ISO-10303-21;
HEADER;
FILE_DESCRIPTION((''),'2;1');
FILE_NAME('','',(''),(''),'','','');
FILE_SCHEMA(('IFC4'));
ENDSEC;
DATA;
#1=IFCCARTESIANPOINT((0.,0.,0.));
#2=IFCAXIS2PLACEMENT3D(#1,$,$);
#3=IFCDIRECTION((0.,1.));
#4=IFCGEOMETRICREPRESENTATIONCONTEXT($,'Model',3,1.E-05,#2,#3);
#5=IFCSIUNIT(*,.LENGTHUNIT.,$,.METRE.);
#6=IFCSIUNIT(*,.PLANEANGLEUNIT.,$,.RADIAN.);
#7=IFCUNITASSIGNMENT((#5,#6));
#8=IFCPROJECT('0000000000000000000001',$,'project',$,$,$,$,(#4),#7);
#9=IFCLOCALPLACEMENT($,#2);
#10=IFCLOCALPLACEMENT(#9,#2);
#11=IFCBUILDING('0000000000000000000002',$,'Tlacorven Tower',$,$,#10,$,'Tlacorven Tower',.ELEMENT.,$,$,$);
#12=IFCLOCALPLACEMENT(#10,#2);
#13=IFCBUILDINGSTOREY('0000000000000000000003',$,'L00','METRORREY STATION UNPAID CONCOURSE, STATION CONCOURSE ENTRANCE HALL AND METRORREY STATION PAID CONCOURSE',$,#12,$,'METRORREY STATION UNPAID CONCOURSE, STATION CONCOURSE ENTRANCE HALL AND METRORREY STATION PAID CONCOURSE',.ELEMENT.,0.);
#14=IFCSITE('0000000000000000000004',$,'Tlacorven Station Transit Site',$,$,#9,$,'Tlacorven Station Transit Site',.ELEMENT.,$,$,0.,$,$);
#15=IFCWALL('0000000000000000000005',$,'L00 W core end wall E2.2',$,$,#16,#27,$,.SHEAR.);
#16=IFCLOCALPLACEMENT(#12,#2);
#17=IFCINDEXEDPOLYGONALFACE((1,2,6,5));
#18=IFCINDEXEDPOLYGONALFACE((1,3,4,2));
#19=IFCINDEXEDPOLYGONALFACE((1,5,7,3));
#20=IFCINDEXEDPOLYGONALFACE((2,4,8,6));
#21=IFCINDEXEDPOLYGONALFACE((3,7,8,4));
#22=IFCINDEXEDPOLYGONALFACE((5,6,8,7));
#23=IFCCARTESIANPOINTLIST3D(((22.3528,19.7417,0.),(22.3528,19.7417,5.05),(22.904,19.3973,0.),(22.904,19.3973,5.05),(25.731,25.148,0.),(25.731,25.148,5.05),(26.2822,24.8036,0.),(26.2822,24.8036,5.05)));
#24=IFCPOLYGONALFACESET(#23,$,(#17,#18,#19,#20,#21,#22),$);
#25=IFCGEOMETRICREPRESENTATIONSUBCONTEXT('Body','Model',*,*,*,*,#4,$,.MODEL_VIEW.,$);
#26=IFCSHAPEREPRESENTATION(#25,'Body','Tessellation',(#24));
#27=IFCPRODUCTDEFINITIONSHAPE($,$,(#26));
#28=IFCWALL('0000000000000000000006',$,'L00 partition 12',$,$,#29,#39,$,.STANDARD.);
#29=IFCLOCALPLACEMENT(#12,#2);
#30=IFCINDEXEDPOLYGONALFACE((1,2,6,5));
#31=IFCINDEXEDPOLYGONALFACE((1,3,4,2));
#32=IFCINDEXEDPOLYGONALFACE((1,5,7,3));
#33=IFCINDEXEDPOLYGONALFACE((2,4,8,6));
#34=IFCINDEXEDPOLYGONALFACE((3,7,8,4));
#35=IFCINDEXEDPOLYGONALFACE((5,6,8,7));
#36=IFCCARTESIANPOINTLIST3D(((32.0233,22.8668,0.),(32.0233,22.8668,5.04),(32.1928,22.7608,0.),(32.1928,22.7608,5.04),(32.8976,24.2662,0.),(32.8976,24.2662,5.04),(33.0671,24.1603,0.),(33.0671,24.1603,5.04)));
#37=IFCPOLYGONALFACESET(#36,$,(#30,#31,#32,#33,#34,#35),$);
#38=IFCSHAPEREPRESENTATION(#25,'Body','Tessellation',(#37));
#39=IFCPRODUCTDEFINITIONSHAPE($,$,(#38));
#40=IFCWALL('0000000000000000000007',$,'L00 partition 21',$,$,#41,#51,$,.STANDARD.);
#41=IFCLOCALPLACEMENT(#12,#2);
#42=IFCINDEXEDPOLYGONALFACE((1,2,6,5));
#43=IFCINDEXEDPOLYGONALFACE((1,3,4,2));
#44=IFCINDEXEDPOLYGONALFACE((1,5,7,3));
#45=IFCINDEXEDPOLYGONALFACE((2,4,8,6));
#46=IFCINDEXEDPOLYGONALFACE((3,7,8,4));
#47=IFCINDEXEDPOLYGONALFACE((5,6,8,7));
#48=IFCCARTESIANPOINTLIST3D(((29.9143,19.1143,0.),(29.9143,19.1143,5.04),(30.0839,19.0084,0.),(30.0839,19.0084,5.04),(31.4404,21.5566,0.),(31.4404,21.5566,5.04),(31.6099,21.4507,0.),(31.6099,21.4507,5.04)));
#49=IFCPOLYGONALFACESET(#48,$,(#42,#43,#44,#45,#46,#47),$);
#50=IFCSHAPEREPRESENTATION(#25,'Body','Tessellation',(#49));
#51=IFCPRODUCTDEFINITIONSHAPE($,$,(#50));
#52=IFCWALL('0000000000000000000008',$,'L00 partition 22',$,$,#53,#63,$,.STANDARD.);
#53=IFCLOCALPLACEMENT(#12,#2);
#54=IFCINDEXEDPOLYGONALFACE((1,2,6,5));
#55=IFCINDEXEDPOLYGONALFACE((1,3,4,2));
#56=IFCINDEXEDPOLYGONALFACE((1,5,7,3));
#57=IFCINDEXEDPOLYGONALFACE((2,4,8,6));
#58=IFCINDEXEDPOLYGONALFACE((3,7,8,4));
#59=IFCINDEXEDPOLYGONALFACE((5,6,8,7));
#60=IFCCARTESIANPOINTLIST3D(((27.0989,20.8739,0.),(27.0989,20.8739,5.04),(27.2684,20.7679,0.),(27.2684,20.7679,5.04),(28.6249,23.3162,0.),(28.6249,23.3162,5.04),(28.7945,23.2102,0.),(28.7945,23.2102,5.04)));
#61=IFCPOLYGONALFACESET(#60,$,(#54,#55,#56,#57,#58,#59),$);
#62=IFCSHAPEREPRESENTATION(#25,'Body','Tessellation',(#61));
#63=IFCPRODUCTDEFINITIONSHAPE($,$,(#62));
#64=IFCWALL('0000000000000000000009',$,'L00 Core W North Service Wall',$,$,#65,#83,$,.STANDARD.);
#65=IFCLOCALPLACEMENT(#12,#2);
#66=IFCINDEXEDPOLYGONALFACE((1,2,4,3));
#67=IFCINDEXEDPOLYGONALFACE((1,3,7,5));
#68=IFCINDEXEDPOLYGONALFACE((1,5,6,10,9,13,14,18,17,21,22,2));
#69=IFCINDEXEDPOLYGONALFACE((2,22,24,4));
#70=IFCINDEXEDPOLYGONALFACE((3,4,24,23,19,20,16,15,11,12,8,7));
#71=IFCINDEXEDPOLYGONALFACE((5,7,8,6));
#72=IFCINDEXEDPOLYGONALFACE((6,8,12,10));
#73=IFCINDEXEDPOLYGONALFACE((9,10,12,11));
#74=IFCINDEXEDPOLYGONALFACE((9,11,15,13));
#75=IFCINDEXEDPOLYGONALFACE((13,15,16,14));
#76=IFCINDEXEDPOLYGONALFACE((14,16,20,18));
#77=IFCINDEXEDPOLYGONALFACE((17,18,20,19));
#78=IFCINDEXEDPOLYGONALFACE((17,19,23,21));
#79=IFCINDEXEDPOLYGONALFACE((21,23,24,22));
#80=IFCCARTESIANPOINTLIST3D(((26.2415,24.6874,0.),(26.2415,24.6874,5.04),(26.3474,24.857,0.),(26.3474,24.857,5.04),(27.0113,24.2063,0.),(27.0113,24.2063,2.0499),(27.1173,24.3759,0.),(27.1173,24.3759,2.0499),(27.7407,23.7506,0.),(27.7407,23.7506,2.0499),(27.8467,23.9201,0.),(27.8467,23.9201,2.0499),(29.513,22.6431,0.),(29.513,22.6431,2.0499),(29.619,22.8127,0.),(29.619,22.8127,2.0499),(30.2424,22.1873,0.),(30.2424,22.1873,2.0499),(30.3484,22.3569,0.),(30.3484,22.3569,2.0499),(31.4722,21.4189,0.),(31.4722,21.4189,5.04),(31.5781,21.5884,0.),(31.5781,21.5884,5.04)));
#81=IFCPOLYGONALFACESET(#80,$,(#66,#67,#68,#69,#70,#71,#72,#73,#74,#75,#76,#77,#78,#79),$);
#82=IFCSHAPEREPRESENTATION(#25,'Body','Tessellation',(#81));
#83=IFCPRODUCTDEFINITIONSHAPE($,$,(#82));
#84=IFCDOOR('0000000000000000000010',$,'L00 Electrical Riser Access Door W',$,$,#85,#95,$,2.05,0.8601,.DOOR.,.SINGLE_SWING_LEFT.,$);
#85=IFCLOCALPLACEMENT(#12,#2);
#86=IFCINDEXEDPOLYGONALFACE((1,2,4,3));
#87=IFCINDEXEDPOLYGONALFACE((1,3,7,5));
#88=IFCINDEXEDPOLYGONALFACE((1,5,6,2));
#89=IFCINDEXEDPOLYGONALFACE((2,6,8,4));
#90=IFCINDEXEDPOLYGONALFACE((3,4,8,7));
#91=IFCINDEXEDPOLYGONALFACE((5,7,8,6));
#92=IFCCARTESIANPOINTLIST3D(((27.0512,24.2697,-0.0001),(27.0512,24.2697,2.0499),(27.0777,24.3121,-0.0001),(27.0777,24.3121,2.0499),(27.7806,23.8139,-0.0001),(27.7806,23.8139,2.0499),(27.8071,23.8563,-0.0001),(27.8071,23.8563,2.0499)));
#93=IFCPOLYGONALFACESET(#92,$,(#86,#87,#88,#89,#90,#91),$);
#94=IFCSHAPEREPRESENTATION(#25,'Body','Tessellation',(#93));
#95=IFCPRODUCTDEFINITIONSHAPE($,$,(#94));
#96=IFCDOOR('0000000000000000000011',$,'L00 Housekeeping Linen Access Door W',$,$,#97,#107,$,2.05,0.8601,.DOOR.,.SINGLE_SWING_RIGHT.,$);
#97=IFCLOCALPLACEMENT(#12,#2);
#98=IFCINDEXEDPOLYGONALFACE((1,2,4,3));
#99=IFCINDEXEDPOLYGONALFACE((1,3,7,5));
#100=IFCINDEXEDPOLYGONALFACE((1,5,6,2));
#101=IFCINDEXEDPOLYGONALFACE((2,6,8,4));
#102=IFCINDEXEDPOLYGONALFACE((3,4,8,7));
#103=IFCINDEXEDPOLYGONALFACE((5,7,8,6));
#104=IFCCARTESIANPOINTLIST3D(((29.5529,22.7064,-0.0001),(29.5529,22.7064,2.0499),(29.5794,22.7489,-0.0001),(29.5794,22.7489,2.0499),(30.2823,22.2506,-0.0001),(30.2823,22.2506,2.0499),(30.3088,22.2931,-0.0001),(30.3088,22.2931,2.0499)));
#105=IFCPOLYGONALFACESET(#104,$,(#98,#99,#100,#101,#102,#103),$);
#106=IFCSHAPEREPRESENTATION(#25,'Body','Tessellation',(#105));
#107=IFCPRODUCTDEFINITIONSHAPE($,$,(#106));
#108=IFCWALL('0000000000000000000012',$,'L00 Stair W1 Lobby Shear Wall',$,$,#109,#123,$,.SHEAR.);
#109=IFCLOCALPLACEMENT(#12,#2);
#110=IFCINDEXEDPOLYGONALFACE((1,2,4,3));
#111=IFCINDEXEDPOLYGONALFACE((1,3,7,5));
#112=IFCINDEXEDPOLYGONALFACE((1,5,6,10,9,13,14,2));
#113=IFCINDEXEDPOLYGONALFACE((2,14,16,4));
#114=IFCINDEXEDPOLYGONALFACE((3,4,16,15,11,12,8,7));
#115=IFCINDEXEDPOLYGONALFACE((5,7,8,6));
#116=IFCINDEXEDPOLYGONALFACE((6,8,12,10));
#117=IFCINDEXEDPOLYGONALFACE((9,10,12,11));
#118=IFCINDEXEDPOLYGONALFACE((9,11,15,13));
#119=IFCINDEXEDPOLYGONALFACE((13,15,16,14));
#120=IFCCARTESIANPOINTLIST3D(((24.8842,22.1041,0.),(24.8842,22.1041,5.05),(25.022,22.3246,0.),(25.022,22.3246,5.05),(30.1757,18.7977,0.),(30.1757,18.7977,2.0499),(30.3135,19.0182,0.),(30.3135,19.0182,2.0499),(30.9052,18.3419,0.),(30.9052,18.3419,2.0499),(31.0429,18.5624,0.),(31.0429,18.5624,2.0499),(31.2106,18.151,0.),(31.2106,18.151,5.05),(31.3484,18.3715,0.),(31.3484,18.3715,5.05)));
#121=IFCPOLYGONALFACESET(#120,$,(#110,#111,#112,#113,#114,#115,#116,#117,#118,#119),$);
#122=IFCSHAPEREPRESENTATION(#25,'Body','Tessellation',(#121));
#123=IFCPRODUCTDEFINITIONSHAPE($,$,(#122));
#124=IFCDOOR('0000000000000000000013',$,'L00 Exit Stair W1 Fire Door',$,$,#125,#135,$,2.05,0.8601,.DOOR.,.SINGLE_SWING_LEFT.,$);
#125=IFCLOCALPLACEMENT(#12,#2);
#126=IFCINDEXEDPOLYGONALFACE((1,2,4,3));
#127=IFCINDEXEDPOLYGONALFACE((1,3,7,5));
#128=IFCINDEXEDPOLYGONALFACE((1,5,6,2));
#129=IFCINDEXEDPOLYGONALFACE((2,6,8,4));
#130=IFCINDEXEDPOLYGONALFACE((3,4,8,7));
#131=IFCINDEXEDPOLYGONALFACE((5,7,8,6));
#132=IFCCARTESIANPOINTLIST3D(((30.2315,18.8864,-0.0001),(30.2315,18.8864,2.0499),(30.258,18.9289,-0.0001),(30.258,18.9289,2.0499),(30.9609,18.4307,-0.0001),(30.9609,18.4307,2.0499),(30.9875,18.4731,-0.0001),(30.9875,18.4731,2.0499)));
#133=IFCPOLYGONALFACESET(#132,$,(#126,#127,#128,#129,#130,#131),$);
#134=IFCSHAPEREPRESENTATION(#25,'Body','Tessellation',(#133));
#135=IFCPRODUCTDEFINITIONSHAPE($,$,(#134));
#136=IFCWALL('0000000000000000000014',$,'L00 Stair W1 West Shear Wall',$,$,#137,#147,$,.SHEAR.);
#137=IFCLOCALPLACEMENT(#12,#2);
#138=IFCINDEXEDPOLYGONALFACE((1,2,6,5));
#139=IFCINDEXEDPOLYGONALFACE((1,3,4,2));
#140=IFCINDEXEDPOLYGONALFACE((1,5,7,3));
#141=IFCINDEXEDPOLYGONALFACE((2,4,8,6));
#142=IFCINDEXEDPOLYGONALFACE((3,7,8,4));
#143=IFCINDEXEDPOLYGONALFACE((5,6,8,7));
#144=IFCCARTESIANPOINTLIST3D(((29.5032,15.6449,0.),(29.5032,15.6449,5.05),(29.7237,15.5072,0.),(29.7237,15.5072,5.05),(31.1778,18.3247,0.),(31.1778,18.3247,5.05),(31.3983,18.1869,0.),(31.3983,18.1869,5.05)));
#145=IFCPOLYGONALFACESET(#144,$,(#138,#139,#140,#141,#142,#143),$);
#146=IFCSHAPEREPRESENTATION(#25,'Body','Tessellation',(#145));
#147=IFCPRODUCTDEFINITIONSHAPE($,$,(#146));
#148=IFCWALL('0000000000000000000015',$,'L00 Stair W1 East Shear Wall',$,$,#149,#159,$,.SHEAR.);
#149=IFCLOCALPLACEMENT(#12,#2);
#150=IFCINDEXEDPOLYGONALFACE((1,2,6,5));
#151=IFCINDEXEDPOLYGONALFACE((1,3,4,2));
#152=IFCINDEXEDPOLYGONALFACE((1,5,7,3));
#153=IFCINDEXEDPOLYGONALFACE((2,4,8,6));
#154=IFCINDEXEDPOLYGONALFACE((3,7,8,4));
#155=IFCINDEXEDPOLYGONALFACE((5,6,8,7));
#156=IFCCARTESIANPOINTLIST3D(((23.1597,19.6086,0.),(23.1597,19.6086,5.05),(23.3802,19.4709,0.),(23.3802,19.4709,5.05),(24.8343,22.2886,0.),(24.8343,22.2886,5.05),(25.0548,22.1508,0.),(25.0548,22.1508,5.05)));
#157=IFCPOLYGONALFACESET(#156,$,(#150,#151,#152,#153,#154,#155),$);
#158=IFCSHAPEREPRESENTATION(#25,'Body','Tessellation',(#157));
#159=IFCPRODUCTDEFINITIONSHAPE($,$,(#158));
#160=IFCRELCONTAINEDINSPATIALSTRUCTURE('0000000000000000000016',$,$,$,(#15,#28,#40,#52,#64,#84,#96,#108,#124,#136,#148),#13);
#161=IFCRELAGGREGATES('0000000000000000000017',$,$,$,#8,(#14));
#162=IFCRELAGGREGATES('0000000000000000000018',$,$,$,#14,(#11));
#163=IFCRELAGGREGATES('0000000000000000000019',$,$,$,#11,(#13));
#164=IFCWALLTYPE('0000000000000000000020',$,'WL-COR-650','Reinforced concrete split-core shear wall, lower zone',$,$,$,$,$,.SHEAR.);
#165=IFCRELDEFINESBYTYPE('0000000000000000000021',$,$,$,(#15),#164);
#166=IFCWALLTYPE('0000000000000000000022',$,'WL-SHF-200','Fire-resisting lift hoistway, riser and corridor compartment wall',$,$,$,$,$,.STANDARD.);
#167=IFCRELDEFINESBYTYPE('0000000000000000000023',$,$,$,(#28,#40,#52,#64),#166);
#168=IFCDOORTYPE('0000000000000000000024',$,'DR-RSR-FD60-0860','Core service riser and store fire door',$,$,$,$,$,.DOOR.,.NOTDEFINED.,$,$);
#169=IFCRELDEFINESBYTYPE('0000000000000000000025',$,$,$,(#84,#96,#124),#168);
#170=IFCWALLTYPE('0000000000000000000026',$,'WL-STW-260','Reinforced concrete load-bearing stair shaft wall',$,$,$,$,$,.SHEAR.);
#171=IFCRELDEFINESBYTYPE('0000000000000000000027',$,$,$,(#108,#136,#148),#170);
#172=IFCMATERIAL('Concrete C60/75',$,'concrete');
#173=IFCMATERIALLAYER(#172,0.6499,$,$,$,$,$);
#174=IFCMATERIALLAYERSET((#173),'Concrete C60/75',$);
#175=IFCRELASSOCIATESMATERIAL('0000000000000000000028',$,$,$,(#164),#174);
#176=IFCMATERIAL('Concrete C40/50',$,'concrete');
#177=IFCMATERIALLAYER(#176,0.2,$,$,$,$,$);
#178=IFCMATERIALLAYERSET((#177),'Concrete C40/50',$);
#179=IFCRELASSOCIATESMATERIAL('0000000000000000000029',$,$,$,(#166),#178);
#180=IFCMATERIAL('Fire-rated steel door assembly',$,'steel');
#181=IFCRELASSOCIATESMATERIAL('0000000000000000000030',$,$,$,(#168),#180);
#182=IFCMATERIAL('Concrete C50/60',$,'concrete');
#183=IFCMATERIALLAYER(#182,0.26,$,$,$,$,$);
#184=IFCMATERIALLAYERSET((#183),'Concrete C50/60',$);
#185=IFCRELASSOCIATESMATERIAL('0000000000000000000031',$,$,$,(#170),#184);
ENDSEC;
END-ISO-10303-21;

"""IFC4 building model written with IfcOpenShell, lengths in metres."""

from ifc_helpers import new_model, si_unit, direction, frame, frame_2d, origin, place, context, subcontext, project, spatial, rectangle, extrude, source, transform, mapped, material, layer, layer_set, type_object, element, fill, save


model = new_model("IFC4")

# Units and contexts
model_context = context("Model", 3, precision=1e-05, world=origin(), true_north=direction((0.0, 1.0)))
body_context = subcontext(model_context, "Body", "Model", "MODEL_VIEW")
ifc_project = project(units=[si_unit("LENGTHUNIT", "METRE"), si_unit("PLANEANGLEUNIT", "RADIAN")], contexts=[model_context])

# Site, building, storey
site_placement = place(None, origin())
site = spatial("IfcSite", under=ifc_project, at=site_placement, Name="Tlacorven Station Transit Site", LongName="Tlacorven Station Transit Site", CompositionType="ELEMENT", RefElevation=0.0)
building_placement = place(site_placement, origin())
building = spatial("IfcBuilding", under=site, at=building_placement, Name="Tlacorven Tower", LongName="Tlacorven Tower", CompositionType="ELEMENT")
storey_placement = place(building_placement, origin())
storey = spatial("IfcBuildingStorey", under=building, at=storey_placement, Name="L00", Description="METRORREY STATION UNPAID CONCOURSE, STATION CONCOURSE ENTRANCE HALL AND METRORREY STATION PAID CONCOURSE", LongName="METRORREY STATION UNPAID CONCOURSE, STATION CONCOURSE ENTRANCE HALL AND METRORREY STATION PAID CONCOURSE", CompositionType="ELEMENT", Elevation=0.0)

# Wall
ifc_material_1 = material(Name="Concrete C60/75", Category="concrete")
ifc_layer_1 = layer(ifc_material_1, 0.6499)
ifc_layer_set_1 = layer_set([ifc_layer_1], Name="Concrete C60/75")
wall_type_1 = type_object("IfcWallType", Name="WL-COR-650", Description="Reinforced concrete split-core shear wall, lower zone", PredefinedType="SHEAR", material=ifc_layer_set_1)
wall_1_placement = place(storey_placement, frame((26.0066, 24.9758, 0.0), z_axis=(0.0, 0.0, 1.0), x_axis=(-0.529916, -0.84805, 0.0)))
element("IfcWall", 1, at=wall_1_placement, inside=storey, type_object=wall_type_1, Name="L00 W core end wall E2.2", PredefinedType="SHEAR", context=body_context, shape_type="SweptSolid", body=[
    extrude(rectangle(XDim=6.375, YDim=0.6499, at=frame_2d((3.1875, 0.0))), origin(), (0.0, 0.0, 1.0), 5.05),
])

# Shared definitions
ifc_material_2 = material(Name="Concrete C40/50", Category="concrete")
ifc_layer_2 = layer(ifc_material_2, 0.2)
ifc_layer_set_2 = layer_set([ifc_layer_2], Name="Concrete C40/50")
wall_type_2 = type_object("IfcWallType", Name="WL-SHF-200", Description="Fire-resisting lift hoistway, riser and corridor compartment wall", PredefinedType="STANDARD", material=ifc_layer_set_2)
ifc_material_3 = material(Name="Fire-rated steel door assembly", Category="steel")

# Walls
wall_2_placement = place(storey_placement, frame((32.9824, 24.2134, 0.0), z_axis=(0.0, 0.0, 1.0), x_axis=(-0.529839, -0.848098, 0.0)))
element("IfcWall", 2, at=wall_2_placement, inside=storey, type_object=wall_type_2, Name="L00 partition 12", PredefinedType="STANDARD", context=body_context, shape_type="SweptSolid", body=[
    extrude(rectangle(XDim=1.6501, YDim=0.2, at=frame_2d((0.8252, 0.0))), origin(), (0.0, 0.0, 1.0), 5.04),
])
for number, where, z_axis, x_axis, name in (
    (3, (31.5251, 21.5037, 0.0), (0.0, 0.0, 1.0), (-0.529907, -0.848055, 0.0), "L00 partition 21"),
    (4, (28.7097, 23.2632, 0.0), (0.0, 0.0, 1.0), (-0.529907, -0.848055, 0.0), "L00 partition 22"),
):
    element("IfcWall", number, at=place(storey_placement, frame(where, z_axis=z_axis, x_axis=x_axis)), inside=storey, type_object=wall_type_2, Name=name, PredefinedType="STANDARD", context=body_context, shape_type="SweptSolid", body=[
        extrude(rectangle(XDim=2.8799, YDim=0.2, at=frame_2d((1.4399, 0.0))), origin(), (0.0, 0.0, 1.0), 5.04),
    ])

# Wall, openings, doors
wall_3_placement = place(storey_placement, frame((31.5251, 21.5037, 0.0), z_axis=(0.0, 0.0, 1.0), x_axis=(-0.848045, 0.529924, 0.0)))
wall_3 = element("IfcWall", 5, at=wall_3_placement, inside=storey, type_object=wall_type_2, Name="L00 Core W North Service Wall", PredefinedType="STANDARD", context=body_context, shape_type="SweptSolid", body=[
    extrude(rectangle(XDim=6.168, YDim=0.2, at=frame_2d((3.084, 0.0))), origin(), (0.0, 0.0, 1.0), 5.04),
])
opening_1_placement = place(wall_3_placement, frame((4.3999, 0.0, 0.0)))
opening_1 = element("IfcOpeningElement", 6, at=opening_1_placement, cuts=wall_3, PredefinedType="OPENING", context=body_context, shape_type="SweptSolid", body=[
    extrude(rectangle(XDim=0.8601, YDim=2.05, at=frame_2d((0.4302, 1.0249))), frame((0.0, 0.1099, 0.0), z_axis=(0.0, -1.0, 0.0), x_axis=(1.0, 0.0, 0.0)), (0.0, 0.0, 1.0), 0.22),
])
opening_2_placement = place(wall_3_placement, frame((1.45, 0.0, 0.0)))
opening_2 = element("IfcOpeningElement", 7, at=opening_2_placement, cuts=wall_3, PredefinedType="OPENING", context=body_context, shape_type="SweptSolid", body=[
    extrude(rectangle(XDim=0.8601, YDim=2.05, at=frame_2d((0.4302, 1.0249))), frame((0.0, 0.1099, 0.0), z_axis=(0.0, -1.0, 0.0), x_axis=(1.0, 0.0, 0.0)), (0.0, 0.0, 1.0), 0.22),
])
door_type_1 = type_object("IfcDoorType", Name="DR-RSR-FD60-0860", Description="Core service riser and store fire door", OperationType="NOTDEFINED", PredefinedType="DOOR", material=ifc_material_3)
shared_shape_1 = source(origin(), body_context, "Body", "SweptSolid", [
    extrude(rectangle(XDim=0.8601, YDim=2.05, at=frame_2d((0.4302, 1.0249))), frame((0.0, 0.0249, 0.0), z_axis=(0.0, -1.0, 0.0), x_axis=(1.0, 0.0, 0.0)), (0.0, 0.0, 1.0), 0.05),
])
door_1_placement = place(opening_1_placement, frame((0.8601, 0.0, 0.0), z_axis=(0.0, 0.0, 1.0), x_axis=(-1.0, 0.0, 0.0)))
door_1 = element("IfcDoor", 8, at=door_1_placement, inside=storey, type_object=door_type_1, Name="L00 Electrical Riser Access Door W", OperationType="SINGLE_SWING_LEFT", OverallHeight=2.05, OverallWidth=0.8601, PredefinedType="DOOR", context=body_context, shape_type="MappedRepresentation", body=[
    mapped(shared_shape_1, transform((0.0, 0.0, 0.0), scale=1.0)),
])
fill(opening_1, door_1)
door_2_placement = place(opening_2_placement, frame((0.8601, 0.0, 0.0), z_axis=(0.0, 0.0, 1.0), x_axis=(-1.0, 0.0, 0.0)))
door_2 = element("IfcDoor", 9, at=door_2_placement, inside=storey, type_object=door_type_1, Name="L00 Housekeeping Linen Access Door W", OperationType="SINGLE_SWING_RIGHT", OverallHeight=2.05, OverallWidth=0.8601, PredefinedType="DOOR", context=body_context, shape_type="MappedRepresentation", body=[
    mapped(shared_shape_1, transform((0.0, 0.0, 0.0), scale=1.0)),
])
fill(opening_2, door_2)

# Wall, opening, door
ifc_material_4 = material(Name="Concrete C50/60", Category="concrete")
ifc_layer_3 = layer(ifc_material_4, 0.26)
ifc_layer_set_3 = layer_set([ifc_layer_3], Name="Concrete C50/60")
wall_type_3 = type_object("IfcWallType", Name="WL-STW-260", Description="Reinforced concrete load-bearing stair shaft wall", PredefinedType="SHEAR", material=ifc_layer_set_3)
wall_4_placement = place(storey_placement, frame((31.2795, 18.2612, 0.0), z_axis=(0.0, 0.0, 1.0), x_axis=(-0.848052, 0.529914, 0.0)))
wall_4 = element("IfcWall", 10, at=wall_4_placement, inside=storey, type_object=wall_type_3, Name="L00 Stair W1 Lobby Shear Wall", PredefinedType="SHEAR", context=body_context, shape_type="SweptSolid", body=[
    extrude(rectangle(XDim=7.46, YDim=0.26, at=frame_2d((3.73, 0.0))), origin(), (0.0, 0.0, 1.0), 5.05),
])
opening_3_placement = place(wall_4_placement, frame((0.3601, 0.0, 0.0)))
opening_3 = element("IfcOpeningElement", 11, at=opening_3_placement, cuts=wall_4, PredefinedType="OPENING", context=body_context, shape_type="SweptSolid", body=[
    extrude(rectangle(XDim=0.8601, YDim=2.05, at=frame_2d((0.4302, 1.0249))), frame((0.0, 0.1401, 0.0), z_axis=(0.0, -1.0, 0.0), x_axis=(1.0, 0.0, 0.0)), (0.0, 0.0, 1.0), 0.28),
])
door_3_placement = place(opening_3_placement, frame((0.8601, 0.0, 0.0), z_axis=(0.0, 0.0, 1.0), x_axis=(-1.0, 0.0, 0.0)))
door_3 = element("IfcDoor", 12, at=door_3_placement, inside=storey, type_object=door_type_1, Name="L00 Exit Stair W1 Fire Door", OperationType="SINGLE_SWING_LEFT", OverallHeight=2.05, OverallWidth=0.8601, PredefinedType="DOOR", context=body_context, shape_type="MappedRepresentation", body=[
    mapped(shared_shape_1, transform((0.0, 0.0, 0.0), scale=1.0)),
])
fill(opening_3, door_3)

# Walls
wall_5_placement = place(storey_placement, frame((31.2881, 18.2559, 0.0), z_axis=(0.0, 0.0, 1.0), x_axis=(-0.529943, -0.848033, 0.0)))
element("IfcWall", 13, at=wall_5_placement, inside=storey, type_object=wall_type_3, Name="L00 Stair W1 West Shear Wall", PredefinedType="SHEAR", context=body_context, shape_type="SweptSolid", body=[
    extrude(rectangle(XDim=3.1599, YDim=0.26, at=frame_2d((1.5801, 0.0))), origin(), (0.0, 0.0, 1.0), 5.05),
])
wall_6_placement = place(storey_placement, frame((24.9446, 22.2197, 0.0), z_axis=(0.0, 0.0, 1.0), x_axis=(-0.529909, -0.848055, 0.0)))
element("IfcWall", 14, at=wall_6_placement, inside=storey, type_object=wall_type_3, Name="L00 Stair W1 East Shear Wall", PredefinedType="SHEAR", context=body_context, shape_type="SweptSolid", body=[
    extrude(rectangle(XDim=3.1602, YDim=0.26, at=frame_2d((1.5801, 0.0))), origin(), (0.0, 0.0, 1.0), 5.05),
])

save(model, "model.ifc")
